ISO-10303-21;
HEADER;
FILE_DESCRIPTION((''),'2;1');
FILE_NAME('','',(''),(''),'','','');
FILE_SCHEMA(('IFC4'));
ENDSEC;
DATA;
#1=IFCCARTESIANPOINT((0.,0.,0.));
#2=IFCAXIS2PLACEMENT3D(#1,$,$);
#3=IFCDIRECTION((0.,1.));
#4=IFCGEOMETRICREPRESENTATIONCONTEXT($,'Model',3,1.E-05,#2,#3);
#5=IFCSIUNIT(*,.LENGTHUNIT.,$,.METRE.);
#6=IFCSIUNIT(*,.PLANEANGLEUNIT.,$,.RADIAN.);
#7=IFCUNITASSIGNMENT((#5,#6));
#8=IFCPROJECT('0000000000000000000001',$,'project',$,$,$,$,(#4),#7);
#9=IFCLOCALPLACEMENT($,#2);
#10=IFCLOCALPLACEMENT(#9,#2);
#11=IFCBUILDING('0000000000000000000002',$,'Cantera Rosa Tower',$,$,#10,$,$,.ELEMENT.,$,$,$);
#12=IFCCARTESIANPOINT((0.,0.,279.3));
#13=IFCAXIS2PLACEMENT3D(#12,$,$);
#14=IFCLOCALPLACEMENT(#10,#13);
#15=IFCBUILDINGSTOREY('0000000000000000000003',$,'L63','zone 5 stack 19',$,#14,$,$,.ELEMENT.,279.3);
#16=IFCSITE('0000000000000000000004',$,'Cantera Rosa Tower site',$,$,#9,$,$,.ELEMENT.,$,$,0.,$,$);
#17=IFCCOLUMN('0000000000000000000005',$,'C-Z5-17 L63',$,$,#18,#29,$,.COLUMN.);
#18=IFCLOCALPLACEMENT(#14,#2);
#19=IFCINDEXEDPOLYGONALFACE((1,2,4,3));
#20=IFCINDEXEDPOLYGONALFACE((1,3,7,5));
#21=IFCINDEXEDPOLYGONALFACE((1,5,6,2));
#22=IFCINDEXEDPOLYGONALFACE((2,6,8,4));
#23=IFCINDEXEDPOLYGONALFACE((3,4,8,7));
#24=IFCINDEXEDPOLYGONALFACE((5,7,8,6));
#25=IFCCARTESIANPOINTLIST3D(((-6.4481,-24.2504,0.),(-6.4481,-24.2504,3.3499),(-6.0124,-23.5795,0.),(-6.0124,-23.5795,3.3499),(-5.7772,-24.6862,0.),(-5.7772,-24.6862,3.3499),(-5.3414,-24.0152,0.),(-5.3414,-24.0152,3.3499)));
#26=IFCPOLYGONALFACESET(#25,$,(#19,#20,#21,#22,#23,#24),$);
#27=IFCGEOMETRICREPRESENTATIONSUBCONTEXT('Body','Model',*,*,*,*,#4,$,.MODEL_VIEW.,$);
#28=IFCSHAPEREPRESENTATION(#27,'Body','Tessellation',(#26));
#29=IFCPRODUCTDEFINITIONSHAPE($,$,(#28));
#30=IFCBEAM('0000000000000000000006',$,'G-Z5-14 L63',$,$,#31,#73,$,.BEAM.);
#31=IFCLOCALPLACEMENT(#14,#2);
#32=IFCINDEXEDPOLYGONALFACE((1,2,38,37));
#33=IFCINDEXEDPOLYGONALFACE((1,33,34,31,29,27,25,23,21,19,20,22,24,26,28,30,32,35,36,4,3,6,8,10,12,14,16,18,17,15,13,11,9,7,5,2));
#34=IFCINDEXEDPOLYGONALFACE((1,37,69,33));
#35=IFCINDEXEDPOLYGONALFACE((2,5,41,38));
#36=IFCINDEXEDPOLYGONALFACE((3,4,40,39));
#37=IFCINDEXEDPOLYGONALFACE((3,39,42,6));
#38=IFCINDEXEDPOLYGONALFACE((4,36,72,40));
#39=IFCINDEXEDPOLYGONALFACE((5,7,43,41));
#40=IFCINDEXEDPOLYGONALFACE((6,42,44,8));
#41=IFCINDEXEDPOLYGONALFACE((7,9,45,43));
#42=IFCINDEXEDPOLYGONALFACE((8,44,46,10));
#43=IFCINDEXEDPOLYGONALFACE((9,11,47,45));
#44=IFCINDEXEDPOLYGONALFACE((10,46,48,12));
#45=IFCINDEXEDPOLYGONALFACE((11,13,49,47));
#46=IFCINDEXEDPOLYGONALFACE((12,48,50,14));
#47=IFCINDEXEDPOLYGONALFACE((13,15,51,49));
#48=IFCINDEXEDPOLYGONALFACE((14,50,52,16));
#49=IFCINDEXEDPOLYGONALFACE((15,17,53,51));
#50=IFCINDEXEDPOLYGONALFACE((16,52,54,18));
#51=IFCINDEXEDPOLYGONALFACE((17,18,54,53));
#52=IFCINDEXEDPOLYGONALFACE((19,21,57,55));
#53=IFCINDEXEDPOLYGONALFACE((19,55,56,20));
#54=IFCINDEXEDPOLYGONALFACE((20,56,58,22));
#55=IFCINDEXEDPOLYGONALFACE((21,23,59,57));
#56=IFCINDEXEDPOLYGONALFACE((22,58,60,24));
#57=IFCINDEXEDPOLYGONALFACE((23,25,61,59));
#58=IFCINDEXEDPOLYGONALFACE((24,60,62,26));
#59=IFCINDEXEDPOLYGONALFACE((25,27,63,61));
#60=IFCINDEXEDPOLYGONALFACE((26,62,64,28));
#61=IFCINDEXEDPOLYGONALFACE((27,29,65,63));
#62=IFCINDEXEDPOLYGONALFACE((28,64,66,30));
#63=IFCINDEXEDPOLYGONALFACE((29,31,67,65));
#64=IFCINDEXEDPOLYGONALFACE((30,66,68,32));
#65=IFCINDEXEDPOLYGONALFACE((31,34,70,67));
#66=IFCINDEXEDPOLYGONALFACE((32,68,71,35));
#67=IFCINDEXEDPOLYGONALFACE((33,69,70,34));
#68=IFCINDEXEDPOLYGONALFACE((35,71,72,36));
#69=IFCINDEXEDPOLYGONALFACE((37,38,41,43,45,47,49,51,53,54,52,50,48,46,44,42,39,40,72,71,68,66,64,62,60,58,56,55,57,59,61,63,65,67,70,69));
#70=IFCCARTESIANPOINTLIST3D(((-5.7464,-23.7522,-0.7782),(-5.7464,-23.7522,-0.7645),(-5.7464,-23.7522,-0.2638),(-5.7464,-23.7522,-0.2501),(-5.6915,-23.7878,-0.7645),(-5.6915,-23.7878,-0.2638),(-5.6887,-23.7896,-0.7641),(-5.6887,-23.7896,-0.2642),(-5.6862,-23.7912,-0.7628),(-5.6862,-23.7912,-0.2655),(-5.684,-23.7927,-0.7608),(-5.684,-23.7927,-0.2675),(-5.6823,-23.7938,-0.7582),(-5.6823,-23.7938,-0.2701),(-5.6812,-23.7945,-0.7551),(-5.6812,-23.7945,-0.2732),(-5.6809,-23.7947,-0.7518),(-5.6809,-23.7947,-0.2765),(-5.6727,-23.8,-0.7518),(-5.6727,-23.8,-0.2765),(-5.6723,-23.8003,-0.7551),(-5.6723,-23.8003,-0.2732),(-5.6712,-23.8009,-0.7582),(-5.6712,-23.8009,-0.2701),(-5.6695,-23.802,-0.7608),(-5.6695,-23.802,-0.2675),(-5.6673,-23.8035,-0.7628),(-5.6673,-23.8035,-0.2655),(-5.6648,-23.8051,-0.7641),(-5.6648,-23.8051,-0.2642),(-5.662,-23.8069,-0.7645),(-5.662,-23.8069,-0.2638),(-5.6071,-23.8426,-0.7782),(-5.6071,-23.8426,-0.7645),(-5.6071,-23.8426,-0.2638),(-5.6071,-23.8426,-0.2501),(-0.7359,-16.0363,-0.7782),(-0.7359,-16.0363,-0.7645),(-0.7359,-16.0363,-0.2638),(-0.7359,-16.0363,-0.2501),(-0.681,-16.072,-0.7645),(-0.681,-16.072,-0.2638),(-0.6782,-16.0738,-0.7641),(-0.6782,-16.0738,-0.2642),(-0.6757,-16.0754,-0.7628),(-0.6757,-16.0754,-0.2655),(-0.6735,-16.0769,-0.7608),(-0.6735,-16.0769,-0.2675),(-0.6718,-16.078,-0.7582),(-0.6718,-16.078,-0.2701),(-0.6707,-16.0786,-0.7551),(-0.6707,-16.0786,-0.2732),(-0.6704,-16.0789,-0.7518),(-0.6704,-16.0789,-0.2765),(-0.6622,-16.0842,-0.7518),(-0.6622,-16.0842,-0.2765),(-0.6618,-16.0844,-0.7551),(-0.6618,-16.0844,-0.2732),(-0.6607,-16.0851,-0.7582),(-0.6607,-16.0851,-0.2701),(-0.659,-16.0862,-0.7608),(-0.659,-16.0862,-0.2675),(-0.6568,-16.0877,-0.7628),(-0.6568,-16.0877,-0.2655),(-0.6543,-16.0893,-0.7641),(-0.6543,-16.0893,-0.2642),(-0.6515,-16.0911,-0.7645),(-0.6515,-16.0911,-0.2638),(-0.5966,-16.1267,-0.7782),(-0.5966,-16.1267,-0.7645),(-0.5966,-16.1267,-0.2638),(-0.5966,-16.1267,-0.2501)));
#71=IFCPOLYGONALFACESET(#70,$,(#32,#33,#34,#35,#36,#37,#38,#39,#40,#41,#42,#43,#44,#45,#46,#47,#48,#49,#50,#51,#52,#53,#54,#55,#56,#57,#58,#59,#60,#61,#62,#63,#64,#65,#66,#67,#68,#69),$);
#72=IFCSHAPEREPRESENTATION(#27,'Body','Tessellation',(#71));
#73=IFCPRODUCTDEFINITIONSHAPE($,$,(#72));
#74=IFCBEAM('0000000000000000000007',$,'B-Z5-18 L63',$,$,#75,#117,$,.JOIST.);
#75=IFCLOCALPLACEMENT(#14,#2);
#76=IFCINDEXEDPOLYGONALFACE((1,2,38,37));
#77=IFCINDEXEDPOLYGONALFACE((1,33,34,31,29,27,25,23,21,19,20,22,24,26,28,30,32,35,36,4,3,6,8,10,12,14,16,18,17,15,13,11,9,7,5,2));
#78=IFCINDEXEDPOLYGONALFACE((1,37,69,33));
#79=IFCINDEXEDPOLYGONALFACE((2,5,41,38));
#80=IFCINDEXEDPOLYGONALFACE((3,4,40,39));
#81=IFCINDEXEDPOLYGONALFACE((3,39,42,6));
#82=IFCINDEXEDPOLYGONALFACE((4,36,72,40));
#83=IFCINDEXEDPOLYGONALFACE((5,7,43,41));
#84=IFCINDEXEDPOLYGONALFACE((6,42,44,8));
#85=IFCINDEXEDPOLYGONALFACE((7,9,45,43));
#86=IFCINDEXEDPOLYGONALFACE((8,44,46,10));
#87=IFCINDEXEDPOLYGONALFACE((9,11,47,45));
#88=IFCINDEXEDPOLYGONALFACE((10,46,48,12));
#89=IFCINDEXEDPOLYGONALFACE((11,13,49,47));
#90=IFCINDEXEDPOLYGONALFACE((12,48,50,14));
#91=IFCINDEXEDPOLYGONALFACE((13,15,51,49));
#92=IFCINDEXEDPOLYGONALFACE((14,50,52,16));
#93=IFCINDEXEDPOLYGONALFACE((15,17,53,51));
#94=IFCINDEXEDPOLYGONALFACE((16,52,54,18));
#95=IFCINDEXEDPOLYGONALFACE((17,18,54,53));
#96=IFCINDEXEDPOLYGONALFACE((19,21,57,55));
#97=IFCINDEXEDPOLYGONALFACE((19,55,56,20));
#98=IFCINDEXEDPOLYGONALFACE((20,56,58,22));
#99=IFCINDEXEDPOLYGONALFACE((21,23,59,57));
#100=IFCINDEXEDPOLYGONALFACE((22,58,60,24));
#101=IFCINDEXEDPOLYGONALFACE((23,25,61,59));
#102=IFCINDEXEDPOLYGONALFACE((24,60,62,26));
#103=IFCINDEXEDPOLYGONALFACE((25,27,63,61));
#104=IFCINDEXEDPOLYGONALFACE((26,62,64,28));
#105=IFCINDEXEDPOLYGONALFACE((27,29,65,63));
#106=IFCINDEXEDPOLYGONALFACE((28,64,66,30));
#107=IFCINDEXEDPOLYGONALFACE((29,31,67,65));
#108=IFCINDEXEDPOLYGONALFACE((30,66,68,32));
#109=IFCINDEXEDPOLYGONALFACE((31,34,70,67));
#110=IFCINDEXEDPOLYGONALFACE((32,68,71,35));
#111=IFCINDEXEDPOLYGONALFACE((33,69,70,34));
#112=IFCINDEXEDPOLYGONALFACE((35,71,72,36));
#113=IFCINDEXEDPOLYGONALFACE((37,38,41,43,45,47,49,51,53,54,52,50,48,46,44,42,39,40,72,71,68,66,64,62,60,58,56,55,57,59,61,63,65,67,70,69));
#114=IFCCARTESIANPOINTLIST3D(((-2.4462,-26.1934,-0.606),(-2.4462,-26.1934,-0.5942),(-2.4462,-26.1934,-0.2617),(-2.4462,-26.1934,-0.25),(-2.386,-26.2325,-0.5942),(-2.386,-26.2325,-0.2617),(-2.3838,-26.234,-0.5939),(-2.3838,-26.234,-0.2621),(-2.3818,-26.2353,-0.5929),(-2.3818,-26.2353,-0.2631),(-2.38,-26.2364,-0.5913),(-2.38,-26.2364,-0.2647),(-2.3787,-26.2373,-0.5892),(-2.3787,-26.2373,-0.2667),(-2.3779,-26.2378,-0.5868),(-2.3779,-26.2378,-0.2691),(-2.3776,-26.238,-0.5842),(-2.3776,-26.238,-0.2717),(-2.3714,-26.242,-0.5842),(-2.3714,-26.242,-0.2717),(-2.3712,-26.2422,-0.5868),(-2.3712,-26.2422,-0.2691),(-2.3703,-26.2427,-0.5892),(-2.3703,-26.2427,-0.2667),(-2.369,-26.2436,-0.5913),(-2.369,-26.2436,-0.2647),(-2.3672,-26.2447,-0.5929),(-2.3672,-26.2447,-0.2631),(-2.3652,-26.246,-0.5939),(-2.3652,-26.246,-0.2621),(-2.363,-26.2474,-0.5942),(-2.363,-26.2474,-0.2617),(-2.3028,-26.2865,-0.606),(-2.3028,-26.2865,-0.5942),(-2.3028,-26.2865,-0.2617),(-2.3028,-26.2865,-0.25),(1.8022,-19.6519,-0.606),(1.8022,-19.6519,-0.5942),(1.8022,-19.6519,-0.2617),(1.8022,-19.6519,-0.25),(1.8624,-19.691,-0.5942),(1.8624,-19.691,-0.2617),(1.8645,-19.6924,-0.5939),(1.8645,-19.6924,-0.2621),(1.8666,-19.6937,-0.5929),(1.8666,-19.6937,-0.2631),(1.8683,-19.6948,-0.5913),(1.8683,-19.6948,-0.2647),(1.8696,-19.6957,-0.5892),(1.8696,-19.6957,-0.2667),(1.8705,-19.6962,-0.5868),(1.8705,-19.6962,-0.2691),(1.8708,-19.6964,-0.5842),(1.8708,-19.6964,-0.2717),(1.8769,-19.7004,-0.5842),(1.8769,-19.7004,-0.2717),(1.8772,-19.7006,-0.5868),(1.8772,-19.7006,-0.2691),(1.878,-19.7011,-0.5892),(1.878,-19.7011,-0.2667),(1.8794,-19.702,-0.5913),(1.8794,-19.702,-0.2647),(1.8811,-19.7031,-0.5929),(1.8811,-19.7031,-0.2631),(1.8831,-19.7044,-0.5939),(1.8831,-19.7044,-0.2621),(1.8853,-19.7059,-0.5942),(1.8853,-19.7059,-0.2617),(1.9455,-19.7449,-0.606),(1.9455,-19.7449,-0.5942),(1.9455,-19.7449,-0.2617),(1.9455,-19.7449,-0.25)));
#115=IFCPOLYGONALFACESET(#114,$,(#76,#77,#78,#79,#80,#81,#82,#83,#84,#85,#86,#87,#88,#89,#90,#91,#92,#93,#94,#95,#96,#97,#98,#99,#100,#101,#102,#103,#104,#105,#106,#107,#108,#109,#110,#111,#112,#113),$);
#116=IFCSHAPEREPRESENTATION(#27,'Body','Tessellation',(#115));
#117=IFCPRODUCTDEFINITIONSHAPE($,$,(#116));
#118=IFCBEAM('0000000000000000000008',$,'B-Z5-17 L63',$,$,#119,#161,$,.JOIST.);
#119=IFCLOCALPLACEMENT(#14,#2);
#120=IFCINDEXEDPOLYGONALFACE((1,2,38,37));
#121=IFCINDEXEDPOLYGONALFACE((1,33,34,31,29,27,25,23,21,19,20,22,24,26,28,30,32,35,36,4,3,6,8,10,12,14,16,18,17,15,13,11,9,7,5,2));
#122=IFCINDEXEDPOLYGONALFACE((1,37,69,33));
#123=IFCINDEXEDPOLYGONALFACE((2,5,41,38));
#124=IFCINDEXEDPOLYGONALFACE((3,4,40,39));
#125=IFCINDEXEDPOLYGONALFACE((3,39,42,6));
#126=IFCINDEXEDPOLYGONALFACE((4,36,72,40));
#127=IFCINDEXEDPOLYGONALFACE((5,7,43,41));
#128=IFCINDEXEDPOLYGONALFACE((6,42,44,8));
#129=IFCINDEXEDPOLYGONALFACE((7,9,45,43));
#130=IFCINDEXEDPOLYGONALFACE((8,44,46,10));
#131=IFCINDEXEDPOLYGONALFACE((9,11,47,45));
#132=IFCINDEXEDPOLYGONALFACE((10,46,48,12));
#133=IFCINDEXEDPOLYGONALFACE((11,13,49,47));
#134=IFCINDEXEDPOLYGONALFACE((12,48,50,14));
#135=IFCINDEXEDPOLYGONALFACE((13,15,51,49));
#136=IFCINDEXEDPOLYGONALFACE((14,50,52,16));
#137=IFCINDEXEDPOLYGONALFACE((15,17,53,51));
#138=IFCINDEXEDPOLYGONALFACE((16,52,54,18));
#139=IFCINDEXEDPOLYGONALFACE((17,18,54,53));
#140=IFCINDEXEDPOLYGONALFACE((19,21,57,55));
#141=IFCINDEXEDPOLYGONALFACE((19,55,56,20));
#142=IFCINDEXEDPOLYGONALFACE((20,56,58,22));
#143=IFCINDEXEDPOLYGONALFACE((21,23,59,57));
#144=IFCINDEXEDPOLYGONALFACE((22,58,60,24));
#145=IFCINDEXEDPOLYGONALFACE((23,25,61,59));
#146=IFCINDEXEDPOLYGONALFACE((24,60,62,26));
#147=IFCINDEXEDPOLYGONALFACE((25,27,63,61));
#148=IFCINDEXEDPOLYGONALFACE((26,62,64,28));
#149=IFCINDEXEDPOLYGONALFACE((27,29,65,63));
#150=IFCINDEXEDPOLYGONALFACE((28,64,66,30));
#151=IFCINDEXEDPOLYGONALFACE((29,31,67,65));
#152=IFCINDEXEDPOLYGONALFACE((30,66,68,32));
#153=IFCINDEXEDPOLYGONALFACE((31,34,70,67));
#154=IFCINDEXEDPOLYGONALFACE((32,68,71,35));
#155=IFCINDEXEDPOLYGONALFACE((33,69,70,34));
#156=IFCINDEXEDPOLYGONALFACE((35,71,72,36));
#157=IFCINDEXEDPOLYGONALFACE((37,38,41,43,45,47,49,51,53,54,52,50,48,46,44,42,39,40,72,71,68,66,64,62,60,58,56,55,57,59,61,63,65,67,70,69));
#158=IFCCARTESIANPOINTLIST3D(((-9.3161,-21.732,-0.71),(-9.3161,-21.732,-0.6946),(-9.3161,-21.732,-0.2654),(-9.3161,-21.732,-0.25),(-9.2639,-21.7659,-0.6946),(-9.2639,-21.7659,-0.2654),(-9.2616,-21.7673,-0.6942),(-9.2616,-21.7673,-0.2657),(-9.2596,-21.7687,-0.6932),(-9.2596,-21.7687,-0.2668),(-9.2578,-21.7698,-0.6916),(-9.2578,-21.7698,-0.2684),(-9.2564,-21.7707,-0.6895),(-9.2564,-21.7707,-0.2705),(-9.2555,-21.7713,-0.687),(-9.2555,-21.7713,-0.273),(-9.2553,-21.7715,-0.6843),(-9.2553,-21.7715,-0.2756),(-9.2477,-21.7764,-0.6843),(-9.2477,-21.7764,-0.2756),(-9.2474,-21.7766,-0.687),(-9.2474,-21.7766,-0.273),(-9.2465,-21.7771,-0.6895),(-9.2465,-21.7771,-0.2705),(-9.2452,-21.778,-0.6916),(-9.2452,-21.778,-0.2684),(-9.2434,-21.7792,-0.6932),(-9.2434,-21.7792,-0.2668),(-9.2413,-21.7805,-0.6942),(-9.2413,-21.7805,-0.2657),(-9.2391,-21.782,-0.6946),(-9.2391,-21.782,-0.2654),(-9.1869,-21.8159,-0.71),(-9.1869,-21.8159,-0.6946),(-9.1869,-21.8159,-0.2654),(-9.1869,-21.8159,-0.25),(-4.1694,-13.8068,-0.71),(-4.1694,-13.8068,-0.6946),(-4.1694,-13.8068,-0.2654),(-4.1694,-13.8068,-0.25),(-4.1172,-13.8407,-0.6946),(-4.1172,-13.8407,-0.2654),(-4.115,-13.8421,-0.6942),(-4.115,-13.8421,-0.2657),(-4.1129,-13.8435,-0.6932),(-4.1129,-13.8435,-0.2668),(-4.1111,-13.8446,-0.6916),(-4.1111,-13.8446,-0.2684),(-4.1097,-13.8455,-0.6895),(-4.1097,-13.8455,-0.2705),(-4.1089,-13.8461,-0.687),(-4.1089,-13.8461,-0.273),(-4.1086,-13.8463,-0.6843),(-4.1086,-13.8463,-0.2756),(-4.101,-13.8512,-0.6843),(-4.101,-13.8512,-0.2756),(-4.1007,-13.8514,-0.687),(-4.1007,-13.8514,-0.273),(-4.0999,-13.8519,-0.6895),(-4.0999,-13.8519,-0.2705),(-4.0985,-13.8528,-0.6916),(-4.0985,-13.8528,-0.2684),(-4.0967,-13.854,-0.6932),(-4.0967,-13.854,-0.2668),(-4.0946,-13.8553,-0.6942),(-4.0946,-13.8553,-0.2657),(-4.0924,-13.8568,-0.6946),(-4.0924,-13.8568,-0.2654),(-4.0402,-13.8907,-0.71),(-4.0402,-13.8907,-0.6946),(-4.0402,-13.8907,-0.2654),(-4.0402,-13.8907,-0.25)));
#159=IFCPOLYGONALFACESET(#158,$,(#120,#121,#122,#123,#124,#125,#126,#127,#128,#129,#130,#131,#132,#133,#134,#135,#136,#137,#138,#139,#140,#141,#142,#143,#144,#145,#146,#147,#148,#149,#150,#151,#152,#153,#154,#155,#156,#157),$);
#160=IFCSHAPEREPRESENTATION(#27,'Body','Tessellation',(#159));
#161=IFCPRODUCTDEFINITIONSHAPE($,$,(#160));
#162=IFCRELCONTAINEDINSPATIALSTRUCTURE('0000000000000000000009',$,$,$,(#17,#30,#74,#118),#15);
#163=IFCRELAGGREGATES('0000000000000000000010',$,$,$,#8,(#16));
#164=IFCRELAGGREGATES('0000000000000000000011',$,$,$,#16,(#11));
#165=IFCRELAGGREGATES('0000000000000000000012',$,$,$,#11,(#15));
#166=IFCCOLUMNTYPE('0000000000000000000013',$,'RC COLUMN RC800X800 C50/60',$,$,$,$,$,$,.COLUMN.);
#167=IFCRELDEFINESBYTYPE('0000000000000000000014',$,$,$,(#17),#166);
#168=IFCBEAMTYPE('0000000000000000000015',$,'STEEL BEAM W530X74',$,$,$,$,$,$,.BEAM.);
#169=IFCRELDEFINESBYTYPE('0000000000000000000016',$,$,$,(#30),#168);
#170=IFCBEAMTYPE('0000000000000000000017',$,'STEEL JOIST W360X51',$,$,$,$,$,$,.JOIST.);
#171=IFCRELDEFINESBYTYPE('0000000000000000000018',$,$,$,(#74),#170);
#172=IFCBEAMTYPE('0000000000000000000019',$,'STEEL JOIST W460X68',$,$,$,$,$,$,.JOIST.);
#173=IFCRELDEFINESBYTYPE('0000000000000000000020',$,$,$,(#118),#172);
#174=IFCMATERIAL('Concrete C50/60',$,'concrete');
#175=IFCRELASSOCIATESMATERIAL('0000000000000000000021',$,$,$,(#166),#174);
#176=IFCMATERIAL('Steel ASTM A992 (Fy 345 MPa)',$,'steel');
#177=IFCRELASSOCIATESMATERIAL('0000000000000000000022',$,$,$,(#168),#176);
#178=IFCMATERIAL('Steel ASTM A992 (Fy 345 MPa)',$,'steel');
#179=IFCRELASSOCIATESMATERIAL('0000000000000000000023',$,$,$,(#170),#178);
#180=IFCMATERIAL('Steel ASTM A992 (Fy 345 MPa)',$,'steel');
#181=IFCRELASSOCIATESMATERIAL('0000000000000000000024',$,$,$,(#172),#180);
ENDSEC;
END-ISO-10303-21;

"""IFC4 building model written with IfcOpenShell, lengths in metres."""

from ifc_helpers import new_model, si_unit, direction, frame, origin, origin_2d, place, context, subcontext, project, spatial, rectangle, i_section, extrude, material, material_profile, profile_set, type_object, element, save


model = new_model("IFC4")

# Units and contexts
model_context = context("Model", 3, precision=1e-05, world=origin(), true_north=direction((0.0, 1.0)))
body_context = subcontext(model_context, "Body", "Model", "MODEL_VIEW")
ifc_project = project(units=[si_unit("LENGTHUNIT", "METRE"), si_unit("PLANEANGLEUNIT", "RADIAN")], contexts=[model_context])

# Site, building, storey
site_placement = place(None, origin())
site = spatial("IfcSite", under=ifc_project, at=site_placement, Name="Cantera Rosa Tower site", CompositionType="ELEMENT", RefElevation=0.0)
building_placement = place(site_placement, origin())
building = spatial("IfcBuilding", under=site, at=building_placement, Name="Cantera Rosa Tower", CompositionType="ELEMENT")
storey_placement = place(building_placement, frame((0.0, 0.0, 279.3)))
storey = spatial("IfcBuildingStorey", under=building, at=storey_placement, Name="L63", Description="zone 5 stack 19", CompositionType="ELEMENT", Elevation=279.3)

# Column
ifc_material_1 = material(Name="Concrete C50/60", Category="concrete")
ifc_material_profile_1 = material_profile(ifc_material_1, rectangle(XDim=0.8, YDim=0.8, at=origin_2d()), Name="RC COLUMN RC800X800 C50/60")
ifc_profile_set_1 = profile_set([ifc_material_profile_1], Name="Concrete C50/60")
column_type = type_object("IfcColumnType", Name="RC COLUMN RC800X800 C50/60", PredefinedType="COLUMN", material=ifc_profile_set_1)
column_placement = place(storey_placement, frame((-5.8948, -24.1328, 0.0), z_axis=(0.0, 0.0, 1.0), x_axis=(0.544639, 0.838671, 0.0)))
element("IfcColumn", 1, at=column_placement, inside=storey, type_object=column_type, Name="C-Z5-17 L63", PredefinedType="COLUMN", context=body_context, shape_type="SweptSolid", body=[
    extrude(rectangle(XDim=0.8, YDim=0.8, at=origin_2d()), origin(), (0.0, 0.0, 1.0), 3.3499),
])

# Beams
ifc_material_2 = material(Name="Steel ASTM A992 (Fy 345 MPa)", Category="steel")
ifc_material_profile_2 = material_profile(ifc_material_2, i_section(OverallWidth=0.166, OverallDepth=0.5281, WebThickness=0.0098, FlangeThickness=0.0137, FilletRadius=0.0127, at=origin_2d()), Name="W530X74")
ifc_profile_set_2 = profile_set([ifc_material_profile_2], Name="Steel ASTM A992 (Fy 345 MPa)")
beam_type_1 = type_object("IfcBeamType", Name="STEEL BEAM W530X74", PredefinedType="BEAM", material=ifc_profile_set_2)
beam_1_placement = place(storey_placement, frame((-5.6768, -23.7974, -0.5142), z_axis=(0.544623, 0.838681, 0.0), x_axis=(-0.838681, 0.544623, 0.0)))
element("IfcBeam", 2, at=beam_1_placement, inside=storey, type_object=beam_type_1, Name="G-Z5-14 L63", PredefinedType="BEAM", context=body_context, shape_type="SweptSolid", body=[
    extrude(i_section(OverallWidth=0.166, OverallDepth=0.5281, WebThickness=0.0098, FlangeThickness=0.0137, FilletRadius=0.0127, at=origin_2d()), origin(), (0.0, 0.0, 1.0), 9.2),
])
ifc_material_3 = material(Name="Steel ASTM A992 (Fy 345 MPa)", Category="steel")
ifc_material_profile_3 = material_profile(ifc_material_3, i_section(OverallWidth=0.1709, OverallDepth=0.356, WebThickness=0.0073, FlangeThickness=0.0117, FilletRadius=0.01, at=origin_2d()), Name="W360X51")
ifc_profile_set_3 = profile_set([ifc_material_profile_3], Name="Steel ASTM A992 (Fy 345 MPa)")
beam_type_2 = type_object("IfcBeamType", Name="STEEL JOIST W360X51", PredefinedType="JOIST", material=ifc_profile_set_3)
beam_2_placement = place(storey_placement, frame((-2.3745, -26.24, -0.428), z_axis=(0.544656, 0.83866, 0.0), x_axis=(-0.83866, 0.544656, 0.0)))
element("IfcBeam", 3, at=beam_2_placement, inside=storey, type_object=beam_type_2, Name="B-Z5-18 L63", PredefinedType="JOIST", context=body_context, shape_type="SweptSolid", body=[
    extrude(i_section(OverallWidth=0.1709, OverallDepth=0.356, WebThickness=0.0073, FlangeThickness=0.0117, FilletRadius=0.01, at=origin_2d()), origin(), (0.0, 0.0, 1.0), 7.8),
])
ifc_material_4 = material(Name="Steel ASTM A992 (Fy 345 MPa)", Category="steel")
ifc_material_profile_4 = material_profile(ifc_material_4, i_section(OverallWidth=0.1541, OverallDepth=0.46, WebThickness=0.009, FlangeThickness=0.0154, FilletRadius=0.0103, at=origin_2d()), Name="W460X68")
ifc_profile_set_4 = profile_set([ifc_material_profile_4], Name="Steel ASTM A992 (Fy 345 MPa)")
beam_type_3 = type_object("IfcBeamType", Name="STEEL JOIST W460X68", PredefinedType="JOIST", material=ifc_profile_set_4)
beam_3_placement = place(storey_placement, frame((-9.2515, -21.7739, -0.48), z_axis=(0.544638, 0.838671, 0.0), x_axis=(-0.838671, 0.544638, 0.0)))
element("IfcBeam", 4, at=beam_3_placement, inside=storey, type_object=beam_type_3, Name="B-Z5-17 L63", PredefinedType="JOIST", context=body_context, shape_type="SweptSolid", body=[
    extrude(i_section(OverallWidth=0.1541, OverallDepth=0.46, WebThickness=0.009, FlangeThickness=0.0154, FilletRadius=0.0103, at=origin_2d()), origin(), (0.0, 0.0, 1.0), 9.4497),
])

save(model, "model.ifc")
